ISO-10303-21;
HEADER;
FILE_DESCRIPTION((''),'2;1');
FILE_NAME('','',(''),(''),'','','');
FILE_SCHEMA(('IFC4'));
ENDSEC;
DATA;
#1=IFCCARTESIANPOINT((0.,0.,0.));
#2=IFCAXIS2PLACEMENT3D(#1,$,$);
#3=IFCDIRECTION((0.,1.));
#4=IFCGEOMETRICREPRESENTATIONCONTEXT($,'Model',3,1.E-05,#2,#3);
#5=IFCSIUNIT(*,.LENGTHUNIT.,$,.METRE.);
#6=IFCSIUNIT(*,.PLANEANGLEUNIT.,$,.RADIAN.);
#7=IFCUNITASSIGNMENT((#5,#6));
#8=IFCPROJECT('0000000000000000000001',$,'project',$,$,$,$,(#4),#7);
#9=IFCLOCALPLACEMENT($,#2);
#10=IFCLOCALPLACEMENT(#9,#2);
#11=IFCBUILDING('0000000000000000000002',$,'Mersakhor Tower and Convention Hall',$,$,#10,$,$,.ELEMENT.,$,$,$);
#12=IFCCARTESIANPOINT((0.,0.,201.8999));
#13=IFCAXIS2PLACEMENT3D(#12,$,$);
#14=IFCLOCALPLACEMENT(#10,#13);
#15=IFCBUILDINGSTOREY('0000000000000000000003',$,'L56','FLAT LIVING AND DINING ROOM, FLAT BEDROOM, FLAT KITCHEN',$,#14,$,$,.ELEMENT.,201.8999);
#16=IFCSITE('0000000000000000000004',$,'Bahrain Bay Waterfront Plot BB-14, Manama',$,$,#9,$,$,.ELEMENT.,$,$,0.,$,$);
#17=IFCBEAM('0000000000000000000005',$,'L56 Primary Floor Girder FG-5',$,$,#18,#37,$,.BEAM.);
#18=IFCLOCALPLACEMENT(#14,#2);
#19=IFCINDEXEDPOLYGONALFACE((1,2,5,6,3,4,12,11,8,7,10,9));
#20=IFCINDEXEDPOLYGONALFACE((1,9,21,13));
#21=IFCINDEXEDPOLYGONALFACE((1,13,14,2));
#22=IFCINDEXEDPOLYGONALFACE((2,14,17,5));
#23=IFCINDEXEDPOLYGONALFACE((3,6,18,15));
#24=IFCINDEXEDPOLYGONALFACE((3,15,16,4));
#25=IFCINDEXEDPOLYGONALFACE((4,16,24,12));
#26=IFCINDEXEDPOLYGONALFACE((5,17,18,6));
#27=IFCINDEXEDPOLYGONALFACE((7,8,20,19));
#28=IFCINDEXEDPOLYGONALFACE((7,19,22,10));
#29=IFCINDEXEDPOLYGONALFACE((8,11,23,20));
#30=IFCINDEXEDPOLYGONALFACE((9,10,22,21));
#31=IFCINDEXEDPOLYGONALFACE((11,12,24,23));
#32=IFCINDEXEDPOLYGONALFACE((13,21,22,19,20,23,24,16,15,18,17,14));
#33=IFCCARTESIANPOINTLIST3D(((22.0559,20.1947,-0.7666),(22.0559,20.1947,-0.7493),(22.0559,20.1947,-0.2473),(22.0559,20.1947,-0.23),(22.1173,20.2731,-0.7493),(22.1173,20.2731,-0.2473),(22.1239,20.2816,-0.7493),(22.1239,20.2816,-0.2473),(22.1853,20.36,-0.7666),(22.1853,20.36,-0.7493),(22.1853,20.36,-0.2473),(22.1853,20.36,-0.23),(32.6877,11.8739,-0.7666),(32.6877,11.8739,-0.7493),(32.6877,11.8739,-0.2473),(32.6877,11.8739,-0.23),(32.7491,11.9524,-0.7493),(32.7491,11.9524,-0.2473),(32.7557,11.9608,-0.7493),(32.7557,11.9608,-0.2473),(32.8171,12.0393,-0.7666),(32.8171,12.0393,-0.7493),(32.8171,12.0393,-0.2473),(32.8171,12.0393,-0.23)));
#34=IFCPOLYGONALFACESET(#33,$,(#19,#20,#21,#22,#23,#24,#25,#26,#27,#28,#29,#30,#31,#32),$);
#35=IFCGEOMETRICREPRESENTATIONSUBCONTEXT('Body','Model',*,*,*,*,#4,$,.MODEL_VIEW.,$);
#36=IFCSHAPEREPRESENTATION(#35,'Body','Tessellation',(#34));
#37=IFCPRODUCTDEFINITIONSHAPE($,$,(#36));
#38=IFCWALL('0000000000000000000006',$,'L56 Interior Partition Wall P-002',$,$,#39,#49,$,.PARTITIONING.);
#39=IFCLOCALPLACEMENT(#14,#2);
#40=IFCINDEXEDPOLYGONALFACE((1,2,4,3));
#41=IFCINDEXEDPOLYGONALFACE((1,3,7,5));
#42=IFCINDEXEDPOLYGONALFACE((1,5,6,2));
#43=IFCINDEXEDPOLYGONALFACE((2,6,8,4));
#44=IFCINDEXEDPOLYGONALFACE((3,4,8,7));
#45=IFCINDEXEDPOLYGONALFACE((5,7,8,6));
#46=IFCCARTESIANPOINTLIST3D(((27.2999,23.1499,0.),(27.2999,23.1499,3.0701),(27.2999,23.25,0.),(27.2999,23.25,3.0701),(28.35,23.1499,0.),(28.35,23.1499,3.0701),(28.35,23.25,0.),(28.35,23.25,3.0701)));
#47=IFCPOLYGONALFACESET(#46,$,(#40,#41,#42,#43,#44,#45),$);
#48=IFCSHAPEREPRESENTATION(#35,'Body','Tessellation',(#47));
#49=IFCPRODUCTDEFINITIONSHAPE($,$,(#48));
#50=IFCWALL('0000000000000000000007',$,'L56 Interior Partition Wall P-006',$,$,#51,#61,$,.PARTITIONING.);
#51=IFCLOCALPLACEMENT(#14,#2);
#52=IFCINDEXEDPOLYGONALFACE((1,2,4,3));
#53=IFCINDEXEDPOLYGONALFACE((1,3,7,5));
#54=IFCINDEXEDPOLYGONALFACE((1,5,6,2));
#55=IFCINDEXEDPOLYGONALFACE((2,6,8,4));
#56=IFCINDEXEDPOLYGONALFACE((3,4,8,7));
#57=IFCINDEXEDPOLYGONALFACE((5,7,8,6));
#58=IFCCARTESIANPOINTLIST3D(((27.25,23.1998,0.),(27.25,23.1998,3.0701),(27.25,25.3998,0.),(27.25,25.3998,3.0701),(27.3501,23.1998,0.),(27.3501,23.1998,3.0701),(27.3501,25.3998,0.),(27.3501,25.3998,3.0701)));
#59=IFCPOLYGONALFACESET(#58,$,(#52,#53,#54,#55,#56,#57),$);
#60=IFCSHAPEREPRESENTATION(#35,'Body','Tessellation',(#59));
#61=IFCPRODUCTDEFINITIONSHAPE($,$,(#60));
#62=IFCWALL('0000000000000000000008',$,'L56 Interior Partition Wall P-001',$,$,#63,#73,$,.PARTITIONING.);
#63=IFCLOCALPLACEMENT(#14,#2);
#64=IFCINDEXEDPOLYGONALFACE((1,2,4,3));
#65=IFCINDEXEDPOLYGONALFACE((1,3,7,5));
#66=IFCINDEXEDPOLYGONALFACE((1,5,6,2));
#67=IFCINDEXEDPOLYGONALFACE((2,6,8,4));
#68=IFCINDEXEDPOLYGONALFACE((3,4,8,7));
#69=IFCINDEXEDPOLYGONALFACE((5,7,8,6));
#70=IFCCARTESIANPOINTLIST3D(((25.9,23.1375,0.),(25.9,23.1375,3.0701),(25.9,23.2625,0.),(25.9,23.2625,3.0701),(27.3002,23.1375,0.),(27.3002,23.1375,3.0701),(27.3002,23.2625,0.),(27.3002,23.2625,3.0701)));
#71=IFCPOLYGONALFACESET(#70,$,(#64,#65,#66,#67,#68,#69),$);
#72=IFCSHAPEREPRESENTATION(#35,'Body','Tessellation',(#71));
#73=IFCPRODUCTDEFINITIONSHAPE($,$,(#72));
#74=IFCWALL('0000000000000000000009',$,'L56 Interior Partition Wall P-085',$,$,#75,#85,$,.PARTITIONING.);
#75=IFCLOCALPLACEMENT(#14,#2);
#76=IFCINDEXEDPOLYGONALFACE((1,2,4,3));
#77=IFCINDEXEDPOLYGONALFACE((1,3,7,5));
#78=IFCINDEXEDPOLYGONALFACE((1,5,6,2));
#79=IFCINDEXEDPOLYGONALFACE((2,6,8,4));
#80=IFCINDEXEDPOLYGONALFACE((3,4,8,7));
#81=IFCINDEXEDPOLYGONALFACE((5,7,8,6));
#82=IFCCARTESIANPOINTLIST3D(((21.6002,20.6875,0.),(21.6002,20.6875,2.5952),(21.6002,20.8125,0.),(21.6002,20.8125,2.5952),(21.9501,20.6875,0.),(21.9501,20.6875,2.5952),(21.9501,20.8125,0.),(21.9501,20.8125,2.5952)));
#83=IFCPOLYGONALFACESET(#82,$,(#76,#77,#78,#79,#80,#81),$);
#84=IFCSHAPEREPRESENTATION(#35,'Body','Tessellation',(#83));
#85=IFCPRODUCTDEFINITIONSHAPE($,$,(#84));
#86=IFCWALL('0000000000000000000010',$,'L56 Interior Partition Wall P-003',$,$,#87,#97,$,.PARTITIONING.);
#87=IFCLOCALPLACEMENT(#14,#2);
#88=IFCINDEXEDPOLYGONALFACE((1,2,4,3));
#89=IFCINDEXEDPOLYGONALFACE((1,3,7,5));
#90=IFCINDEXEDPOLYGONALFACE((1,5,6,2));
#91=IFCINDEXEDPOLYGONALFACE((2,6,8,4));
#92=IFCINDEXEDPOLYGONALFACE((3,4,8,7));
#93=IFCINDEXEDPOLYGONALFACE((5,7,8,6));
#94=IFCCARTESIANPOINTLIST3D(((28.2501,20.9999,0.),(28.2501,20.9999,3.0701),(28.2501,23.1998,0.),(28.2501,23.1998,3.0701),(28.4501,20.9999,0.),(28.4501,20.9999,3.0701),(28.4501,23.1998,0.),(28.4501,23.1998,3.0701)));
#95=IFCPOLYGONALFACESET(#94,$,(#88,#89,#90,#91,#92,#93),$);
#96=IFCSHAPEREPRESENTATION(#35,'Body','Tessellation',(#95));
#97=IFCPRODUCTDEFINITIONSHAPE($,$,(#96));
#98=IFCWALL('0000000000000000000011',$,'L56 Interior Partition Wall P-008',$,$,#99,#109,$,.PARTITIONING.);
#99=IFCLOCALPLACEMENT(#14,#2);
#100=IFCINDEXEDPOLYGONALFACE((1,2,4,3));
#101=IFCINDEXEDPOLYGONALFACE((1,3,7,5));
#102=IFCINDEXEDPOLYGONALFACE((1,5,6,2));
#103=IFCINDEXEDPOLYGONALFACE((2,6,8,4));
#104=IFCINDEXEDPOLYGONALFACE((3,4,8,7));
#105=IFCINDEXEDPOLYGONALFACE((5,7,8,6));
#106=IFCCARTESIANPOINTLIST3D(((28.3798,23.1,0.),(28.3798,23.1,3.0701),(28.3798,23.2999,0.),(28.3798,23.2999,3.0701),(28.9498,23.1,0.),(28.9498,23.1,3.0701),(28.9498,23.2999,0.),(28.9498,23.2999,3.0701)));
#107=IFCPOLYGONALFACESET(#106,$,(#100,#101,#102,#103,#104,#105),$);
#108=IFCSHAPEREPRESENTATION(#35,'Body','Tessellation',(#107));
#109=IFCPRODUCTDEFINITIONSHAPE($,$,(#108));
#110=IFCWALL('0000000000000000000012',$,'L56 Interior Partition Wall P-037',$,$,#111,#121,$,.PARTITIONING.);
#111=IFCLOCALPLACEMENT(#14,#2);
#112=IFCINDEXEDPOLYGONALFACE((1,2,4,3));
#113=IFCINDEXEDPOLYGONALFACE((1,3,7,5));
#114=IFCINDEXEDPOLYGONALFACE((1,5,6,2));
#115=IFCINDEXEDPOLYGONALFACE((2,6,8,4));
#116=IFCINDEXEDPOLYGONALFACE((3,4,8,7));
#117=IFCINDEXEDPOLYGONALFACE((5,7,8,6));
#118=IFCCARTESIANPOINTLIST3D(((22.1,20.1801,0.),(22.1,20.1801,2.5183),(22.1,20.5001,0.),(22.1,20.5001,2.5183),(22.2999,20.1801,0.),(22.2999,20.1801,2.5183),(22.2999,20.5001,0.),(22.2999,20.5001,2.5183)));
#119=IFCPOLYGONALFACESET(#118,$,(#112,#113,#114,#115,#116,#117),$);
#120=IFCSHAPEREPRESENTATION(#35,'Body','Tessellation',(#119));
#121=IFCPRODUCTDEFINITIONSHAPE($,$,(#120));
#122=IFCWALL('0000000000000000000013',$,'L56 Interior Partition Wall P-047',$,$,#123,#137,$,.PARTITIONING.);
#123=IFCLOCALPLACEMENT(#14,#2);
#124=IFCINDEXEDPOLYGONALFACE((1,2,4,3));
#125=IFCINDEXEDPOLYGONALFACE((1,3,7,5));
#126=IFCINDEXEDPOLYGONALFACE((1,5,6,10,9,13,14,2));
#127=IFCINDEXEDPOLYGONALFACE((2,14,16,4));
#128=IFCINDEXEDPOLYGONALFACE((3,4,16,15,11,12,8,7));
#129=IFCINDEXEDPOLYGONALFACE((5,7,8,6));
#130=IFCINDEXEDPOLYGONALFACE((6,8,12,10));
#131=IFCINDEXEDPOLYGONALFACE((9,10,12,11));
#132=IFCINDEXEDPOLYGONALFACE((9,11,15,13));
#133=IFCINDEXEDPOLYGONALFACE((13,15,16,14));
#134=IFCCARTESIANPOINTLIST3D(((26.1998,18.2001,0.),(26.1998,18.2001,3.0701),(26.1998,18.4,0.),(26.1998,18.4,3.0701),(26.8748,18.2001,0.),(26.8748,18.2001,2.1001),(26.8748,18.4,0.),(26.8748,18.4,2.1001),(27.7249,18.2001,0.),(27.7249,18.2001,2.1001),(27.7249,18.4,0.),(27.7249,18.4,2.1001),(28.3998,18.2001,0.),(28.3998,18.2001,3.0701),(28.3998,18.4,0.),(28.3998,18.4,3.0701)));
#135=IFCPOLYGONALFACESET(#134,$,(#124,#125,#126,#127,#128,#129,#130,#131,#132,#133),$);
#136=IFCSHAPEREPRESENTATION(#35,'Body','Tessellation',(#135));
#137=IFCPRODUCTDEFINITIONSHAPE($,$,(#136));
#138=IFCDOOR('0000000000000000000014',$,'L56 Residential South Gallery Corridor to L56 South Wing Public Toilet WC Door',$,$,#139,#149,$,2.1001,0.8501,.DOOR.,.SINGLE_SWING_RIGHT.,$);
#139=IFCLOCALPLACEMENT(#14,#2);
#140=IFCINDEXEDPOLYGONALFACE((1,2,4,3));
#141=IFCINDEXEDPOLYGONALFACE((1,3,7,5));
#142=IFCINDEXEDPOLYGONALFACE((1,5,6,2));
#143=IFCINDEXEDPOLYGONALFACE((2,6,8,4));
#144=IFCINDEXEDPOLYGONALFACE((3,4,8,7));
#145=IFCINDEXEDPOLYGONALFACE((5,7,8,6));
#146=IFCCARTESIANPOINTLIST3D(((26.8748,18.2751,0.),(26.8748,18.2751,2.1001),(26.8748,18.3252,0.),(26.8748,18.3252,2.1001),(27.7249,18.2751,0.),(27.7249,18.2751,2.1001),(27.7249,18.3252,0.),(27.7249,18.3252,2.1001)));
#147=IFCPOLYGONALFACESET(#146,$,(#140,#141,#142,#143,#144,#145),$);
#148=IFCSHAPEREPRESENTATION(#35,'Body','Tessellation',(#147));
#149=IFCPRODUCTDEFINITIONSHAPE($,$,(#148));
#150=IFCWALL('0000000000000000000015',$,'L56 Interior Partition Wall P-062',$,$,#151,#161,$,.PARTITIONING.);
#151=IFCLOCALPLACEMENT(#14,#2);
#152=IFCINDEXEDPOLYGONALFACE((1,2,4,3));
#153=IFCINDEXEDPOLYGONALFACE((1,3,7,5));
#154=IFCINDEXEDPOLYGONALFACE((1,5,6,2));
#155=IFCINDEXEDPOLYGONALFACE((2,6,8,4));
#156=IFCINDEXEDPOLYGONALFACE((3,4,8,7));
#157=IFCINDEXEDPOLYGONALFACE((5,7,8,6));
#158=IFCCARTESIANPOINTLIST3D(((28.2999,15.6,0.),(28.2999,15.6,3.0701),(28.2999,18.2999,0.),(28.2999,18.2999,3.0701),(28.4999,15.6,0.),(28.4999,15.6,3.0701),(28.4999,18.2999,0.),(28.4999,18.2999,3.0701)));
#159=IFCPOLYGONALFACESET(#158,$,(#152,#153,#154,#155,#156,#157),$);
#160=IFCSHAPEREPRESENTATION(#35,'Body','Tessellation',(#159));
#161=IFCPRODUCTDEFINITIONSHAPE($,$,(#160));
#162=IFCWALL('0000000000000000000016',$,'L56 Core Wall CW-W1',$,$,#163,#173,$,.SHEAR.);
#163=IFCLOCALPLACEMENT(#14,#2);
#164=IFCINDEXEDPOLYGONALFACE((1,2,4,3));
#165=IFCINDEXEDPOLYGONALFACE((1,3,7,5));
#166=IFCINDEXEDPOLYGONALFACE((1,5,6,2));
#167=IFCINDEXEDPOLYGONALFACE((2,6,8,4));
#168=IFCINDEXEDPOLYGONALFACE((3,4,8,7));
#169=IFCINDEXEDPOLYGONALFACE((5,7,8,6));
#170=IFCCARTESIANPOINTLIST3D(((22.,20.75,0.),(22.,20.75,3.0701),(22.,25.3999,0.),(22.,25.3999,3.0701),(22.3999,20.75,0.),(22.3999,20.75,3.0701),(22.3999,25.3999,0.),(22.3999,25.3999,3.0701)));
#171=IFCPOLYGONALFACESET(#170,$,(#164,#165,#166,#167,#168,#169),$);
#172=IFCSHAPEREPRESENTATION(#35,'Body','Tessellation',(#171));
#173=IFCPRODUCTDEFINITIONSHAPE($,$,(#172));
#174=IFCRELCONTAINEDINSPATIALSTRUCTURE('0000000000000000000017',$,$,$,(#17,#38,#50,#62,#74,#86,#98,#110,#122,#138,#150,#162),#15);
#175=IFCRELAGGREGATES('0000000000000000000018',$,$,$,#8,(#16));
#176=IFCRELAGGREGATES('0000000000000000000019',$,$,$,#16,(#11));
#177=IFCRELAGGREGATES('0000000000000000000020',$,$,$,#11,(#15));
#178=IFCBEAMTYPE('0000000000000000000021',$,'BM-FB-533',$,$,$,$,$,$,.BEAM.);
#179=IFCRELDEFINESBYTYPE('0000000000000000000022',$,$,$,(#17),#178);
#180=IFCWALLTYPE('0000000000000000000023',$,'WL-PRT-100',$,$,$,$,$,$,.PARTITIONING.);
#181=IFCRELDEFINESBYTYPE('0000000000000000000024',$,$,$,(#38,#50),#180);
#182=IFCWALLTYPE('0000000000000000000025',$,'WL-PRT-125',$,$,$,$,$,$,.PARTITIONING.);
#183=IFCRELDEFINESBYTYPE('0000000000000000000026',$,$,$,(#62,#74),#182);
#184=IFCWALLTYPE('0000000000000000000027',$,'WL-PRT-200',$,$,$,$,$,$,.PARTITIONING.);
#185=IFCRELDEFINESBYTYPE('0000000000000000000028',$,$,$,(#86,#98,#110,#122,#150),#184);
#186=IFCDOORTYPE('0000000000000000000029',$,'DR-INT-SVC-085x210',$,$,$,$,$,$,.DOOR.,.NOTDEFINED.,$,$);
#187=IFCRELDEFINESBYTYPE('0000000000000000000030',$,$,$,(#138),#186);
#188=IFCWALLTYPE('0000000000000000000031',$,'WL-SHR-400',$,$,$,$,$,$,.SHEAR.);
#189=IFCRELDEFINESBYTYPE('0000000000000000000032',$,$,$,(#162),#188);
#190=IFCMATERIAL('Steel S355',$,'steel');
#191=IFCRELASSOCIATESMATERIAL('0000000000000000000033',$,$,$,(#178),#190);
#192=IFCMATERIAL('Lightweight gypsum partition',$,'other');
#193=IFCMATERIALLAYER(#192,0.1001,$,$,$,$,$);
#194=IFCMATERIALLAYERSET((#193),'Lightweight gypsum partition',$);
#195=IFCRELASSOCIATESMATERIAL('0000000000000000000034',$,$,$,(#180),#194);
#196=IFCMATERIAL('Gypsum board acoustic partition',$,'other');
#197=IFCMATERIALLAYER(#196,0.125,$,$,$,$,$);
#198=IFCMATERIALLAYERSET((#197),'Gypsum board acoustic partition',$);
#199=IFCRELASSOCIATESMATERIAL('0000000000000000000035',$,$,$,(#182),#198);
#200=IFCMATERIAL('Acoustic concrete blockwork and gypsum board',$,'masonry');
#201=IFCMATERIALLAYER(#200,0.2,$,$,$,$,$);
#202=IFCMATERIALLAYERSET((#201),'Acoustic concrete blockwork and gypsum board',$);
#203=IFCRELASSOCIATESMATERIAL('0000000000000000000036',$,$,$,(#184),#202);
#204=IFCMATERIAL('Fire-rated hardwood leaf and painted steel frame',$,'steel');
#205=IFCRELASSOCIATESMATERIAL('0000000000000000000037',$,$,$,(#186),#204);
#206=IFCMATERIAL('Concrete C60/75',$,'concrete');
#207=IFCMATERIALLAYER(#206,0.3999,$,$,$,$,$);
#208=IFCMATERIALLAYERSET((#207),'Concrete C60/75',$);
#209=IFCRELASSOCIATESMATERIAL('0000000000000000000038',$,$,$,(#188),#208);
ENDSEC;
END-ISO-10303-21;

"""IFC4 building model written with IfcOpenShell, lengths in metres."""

from ifc_helpers import new_model, si_unit, direction, frame, frame_2d, origin, origin_2d, place, context, subcontext, project, spatial, rectangle, i_section, extrude, material, layer, layer_set, material_profile, profile_set, type_object, element, fill, save


model = new_model("IFC4")

# Units and contexts
model_context = context("Model", 3, precision=1e-05, world=origin(), true_north=direction((0.0, 1.0)))
body_context = subcontext(model_context, "Body", "Model", "MODEL_VIEW")
ifc_project = project(units=[si_unit("LENGTHUNIT", "METRE"), si_unit("PLANEANGLEUNIT", "RADIAN")], contexts=[model_context])

# Site, building, storey
site_placement = place(None, origin())
site = spatial("IfcSite", under=ifc_project, at=site_placement, Name="Bahrain Bay Waterfront Plot BB-14, Manama", CompositionType="ELEMENT", RefElevation=0.0)
building_placement = place(site_placement, origin())
building = spatial("IfcBuilding", under=site, at=building_placement, Name="Mersakhor Tower and Convention Hall", CompositionType="ELEMENT")
storey_placement = place(building_placement, frame((0.0, 0.0, 201.8999)))
storey = spatial("IfcBuildingStorey", under=building, at=storey_placement, Name="L56", Description="FLAT LIVING AND DINING ROOM, FLAT BEDROOM, FLAT KITCHEN", CompositionType="ELEMENT", Elevation=201.8999)

# Beam
ifc_material_1 = material(Name="Steel S355", Category="steel")
ifc_material_profile = material_profile(ifc_material_1, i_section(OverallWidth=0.21, OverallDepth=0.5366, WebThickness=0.0107, FlangeThickness=0.0173, at=origin_2d()), Name="UB 533x210x101")
ifc_profile_set = profile_set([ifc_material_profile], Name="Steel S355")
beam_type = type_object("IfcBeamType", Name="BM-FB-533", PredefinedType="BEAM", material=ifc_profile_set)
beam_placement = place(storey_placement, frame((22.1206, 20.2773, -0.4983), z_axis=(0.787497, -0.616319, 0.0), x_axis=(0.616319, 0.787497, 0.0)))
element("IfcBeam", 1, at=beam_placement, inside=storey, type_object=beam_type, Name="L56 Primary Floor Girder FG-5", PredefinedType="BEAM", context=body_context, shape_type="SweptSolid", body=[
    extrude(i_section(OverallWidth=0.21, OverallDepth=0.5366, WebThickness=0.0107, FlangeThickness=0.0173, at=origin_2d()), origin(), (0.0, 0.0, 1.0), 13.5007),
])

# Walls
ifc_material_2 = material(Name="Lightweight gypsum partition", Category="other")
ifc_layer_1 = layer(ifc_material_2, 0.1001)
ifc_layer_set_1 = layer_set([ifc_layer_1], Name="Lightweight gypsum partition")
wall_type_1 = type_object("IfcWallType", Name="WL-PRT-100", PredefinedType="PARTITIONING", material=ifc_layer_set_1)
wall_1_placement = place(storey_placement, frame((27.3, 23.2, 0.0), z_axis=(0.0, 0.0, 1.0), x_axis=(1.0, 0.0, 0.0)))
element("IfcWall", 2, at=wall_1_placement, inside=storey, type_object=wall_type_1, Name="L56 Interior Partition Wall P-002", PredefinedType="PARTITIONING", context=body_context, shape_type="SweptSolid", body=[
    extrude(rectangle(XDim=1.05, YDim=0.1001, at=frame_2d((0.5249, 0.0))), origin(), (0.0, 0.0, 1.0), 3.0701),
])
wall_2_placement = place(storey_placement, frame((27.3, 25.3999, 0.0), z_axis=(0.0, 0.0, 1.0), x_axis=(0.0, -1.0, 0.0)))
element("IfcWall", 3, at=wall_2_placement, inside=storey, type_object=wall_type_1, Name="L56 Interior Partition Wall P-006", PredefinedType="PARTITIONING", context=body_context, shape_type="SweptSolid", body=[
    extrude(rectangle(XDim=2.2, YDim=0.1001, at=frame_2d((1.1001, 0.0))), origin(), (0.0, 0.0, 1.0), 3.0701),
])
ifc_material_3 = material(Name="Gypsum board acoustic partition", Category="other")
ifc_layer_2 = layer(ifc_material_3, 0.125)
ifc_layer_set_2 = layer_set([ifc_layer_2], Name="Gypsum board acoustic partition")
wall_type_2 = type_object("IfcWallType", Name="WL-PRT-125", PredefinedType="PARTITIONING", material=ifc_layer_set_2)
wall_3_placement = place(storey_placement, frame((25.8999, 23.2, 0.0), z_axis=(0.0, 0.0, 1.0), x_axis=(1.0, 0.0, 0.0)))
element("IfcWall", 4, at=wall_3_placement, inside=storey, type_object=wall_type_2, Name="L56 Interior Partition Wall P-001", PredefinedType="PARTITIONING", context=body_context, shape_type="SweptSolid", body=[
    extrude(rectangle(XDim=1.4001, YDim=0.125, at=frame_2d((0.7002, 0.0))), origin(), (0.0, 0.0, 1.0), 3.0701),
])
wall_4_placement = place(storey_placement, frame((21.95, 20.75, 0.0), z_axis=(0.0, 0.0, 1.0), x_axis=(-1.0, 0.0, 0.0)))
element("IfcWall", 5, at=wall_4_placement, inside=storey, type_object=wall_type_2, Name="L56 Interior Partition Wall P-085", PredefinedType="PARTITIONING", context=body_context, shape_type="SweptSolid", body=[
    extrude(rectangle(XDim=0.3499, YDim=0.125, at=frame_2d((0.1748, 0.0))), origin(), (0.0, 0.0, 1.0), 2.5952),
])

# Shared definitions
ifc_material_4 = material(Name="Acoustic concrete blockwork and gypsum board", Category="masonry")
ifc_layer_3 = layer(ifc_material_4, 0.2)
ifc_layer_set_3 = layer_set([ifc_layer_3], Name="Acoustic concrete blockwork and gypsum board")
wall_type_3 = type_object("IfcWallType", Name="WL-PRT-200", PredefinedType="PARTITIONING", material=ifc_layer_set_3)

# Walls
wall_5_placement = place(storey_placement, frame((28.3501, 23.2, 0.0), z_axis=(0.0, 0.0, 1.0), x_axis=(0.0, -1.0, 0.0)))
element("IfcWall", 6, at=wall_5_placement, inside=storey, type_object=wall_type_3, Name="L56 Interior Partition Wall P-003", PredefinedType="PARTITIONING", context=body_context, shape_type="SweptSolid", body=[
    extrude(rectangle(XDim=2.2, YDim=0.2, at=frame_2d((1.1001, 0.0))), origin(), (0.0, 0.0, 1.0), 3.0701),
])
wall_6_placement = place(storey_placement, frame((28.95, 23.2, 0.0), z_axis=(0.0, 0.0, 1.0), x_axis=(-1.0, 0.0, 0.0)))
element("IfcWall", 7, at=wall_6_placement, inside=storey, type_object=wall_type_3, Name="L56 Interior Partition Wall P-008", PredefinedType="PARTITIONING", context=body_context, shape_type="SweptSolid", body=[
    extrude(rectangle(XDim=0.5701, YDim=0.2, at=frame_2d((0.2852, 0.0))), origin(), (0.0, 0.0, 1.0), 3.0701),
])
wall_7_placement = place(storey_placement, frame((22.2, 20.1799, 0.0), z_axis=(0.0, 0.0, 1.0), x_axis=(0.0, 1.0, 0.0)))
element("IfcWall", 8, at=wall_7_placement, inside=storey, type_object=wall_type_3, Name="L56 Interior Partition Wall P-037", PredefinedType="PARTITIONING", context=body_context, shape_type="SweptSolid", body=[
    extrude(rectangle(XDim=0.3201, YDim=0.2, at=frame_2d((0.1602, 0.0))), origin(), (0.0, 0.0, 1.0), 2.5183),
])

# Wall, opening, door
wall_8_placement = place(storey_placement, frame((28.3999, 18.3, 0.0), z_axis=(0.0, 0.0, 1.0), x_axis=(-1.0, 0.0, 0.0)))
wall_8 = element("IfcWall", 9, at=wall_8_placement, inside=storey, type_object=wall_type_3, Name="L56 Interior Partition Wall P-047", PredefinedType="PARTITIONING", context=body_context, shape_type="SweptSolid", body=[
    extrude(rectangle(XDim=2.2, YDim=0.2, at=frame_2d((1.1001, 0.0))), origin(), (0.0, 0.0, 1.0), 3.0701),
])
opening_1_placement = place(wall_8_placement, frame((0.675, 0.0, 0.0)))
opening_1 = element("IfcOpeningElement", 10, at=opening_1_placement, cuts=wall_8, PredefinedType="OPENING", context=body_context, shape_type="SweptSolid", body=[
    extrude(rectangle(XDim=0.8501, YDim=2.1001, at=frame_2d((0.425, 1.05))), frame((0.0, 0.1099, 0.0), z_axis=(0.0, -1.0, 0.0), x_axis=(1.0, 0.0, 0.0)), (0.0, 0.0, 1.0), 0.22),
])
ifc_material_5 = material(Name="Fire-rated hardwood leaf and painted steel frame", Category="steel")
door_type_1 = type_object("IfcDoorType", Name="DR-INT-SVC-085x210", OperationType="NOTDEFINED", PredefinedType="DOOR", material=ifc_material_5)
door_1_placement = place(opening_1_placement, origin())
door_1 = element("IfcDoor", 11, at=door_1_placement, inside=storey, type_object=door_type_1, Name="L56 Residential South Gallery Corridor to L56 South Wing Public Toilet WC Door", OperationType="SINGLE_SWING_RIGHT", OverallHeight=2.1001, OverallWidth=0.8501, PredefinedType="DOOR", context=body_context, shape_type="SweptSolid", body=[
    extrude(rectangle(XDim=0.8501, YDim=2.1001, at=frame_2d((0.425, 1.05))), frame((0.0, 0.0249, 0.0), z_axis=(0.0, -1.0, 0.0), x_axis=(1.0, 0.0, 0.0)), (0.0, 0.0, 1.0), 0.05),
])
fill(opening_1, door_1)

# Wall
wall_9_placement = place(storey_placement, frame((28.3999, 18.3, 0.0), z_axis=(0.0, 0.0, 1.0), x_axis=(0.0, -1.0, 0.0)))
element("IfcWall", 12, at=wall_9_placement, inside=storey, type_object=wall_type_3, Name="L56 Interior Partition Wall P-062", PredefinedType="PARTITIONING", context=body_context, shape_type="SweptSolid", body=[
    extrude(rectangle(XDim=2.7, YDim=0.2, at=frame_2d((1.3501, 0.0))), origin(), (0.0, 0.0, 1.0), 3.0701),
])

# Wall
ifc_material_6 = material(Name="Concrete C60/75", Category="concrete")
ifc_layer_4 = layer(ifc_material_6, 0.3999)
ifc_layer_set_4 = layer_set([ifc_layer_4], Name="Concrete C60/75")
wall_type_4 = type_object("IfcWallType", Name="WL-SHR-400", PredefinedType="SHEAR", material=ifc_layer_set_4)
wall_10_placement = place(storey_placement, frame((22.2, 20.75, 0.0), z_axis=(0.0, 0.0, 1.0), x_axis=(0.0, 1.0, 0.0)))
element("IfcWall", 13, at=wall_10_placement, inside=storey, type_object=wall_type_4, Name="L56 Core Wall CW-W1", PredefinedType="SHEAR", context=body_context, shape_type="SweptSolid", body=[
    extrude(rectangle(XDim=4.6499, YDim=0.3999, at=frame_2d((2.325, 0.0))), origin(), (0.0, 0.0, 1.0), 3.0701),
])

save(model, "model.ifc")
